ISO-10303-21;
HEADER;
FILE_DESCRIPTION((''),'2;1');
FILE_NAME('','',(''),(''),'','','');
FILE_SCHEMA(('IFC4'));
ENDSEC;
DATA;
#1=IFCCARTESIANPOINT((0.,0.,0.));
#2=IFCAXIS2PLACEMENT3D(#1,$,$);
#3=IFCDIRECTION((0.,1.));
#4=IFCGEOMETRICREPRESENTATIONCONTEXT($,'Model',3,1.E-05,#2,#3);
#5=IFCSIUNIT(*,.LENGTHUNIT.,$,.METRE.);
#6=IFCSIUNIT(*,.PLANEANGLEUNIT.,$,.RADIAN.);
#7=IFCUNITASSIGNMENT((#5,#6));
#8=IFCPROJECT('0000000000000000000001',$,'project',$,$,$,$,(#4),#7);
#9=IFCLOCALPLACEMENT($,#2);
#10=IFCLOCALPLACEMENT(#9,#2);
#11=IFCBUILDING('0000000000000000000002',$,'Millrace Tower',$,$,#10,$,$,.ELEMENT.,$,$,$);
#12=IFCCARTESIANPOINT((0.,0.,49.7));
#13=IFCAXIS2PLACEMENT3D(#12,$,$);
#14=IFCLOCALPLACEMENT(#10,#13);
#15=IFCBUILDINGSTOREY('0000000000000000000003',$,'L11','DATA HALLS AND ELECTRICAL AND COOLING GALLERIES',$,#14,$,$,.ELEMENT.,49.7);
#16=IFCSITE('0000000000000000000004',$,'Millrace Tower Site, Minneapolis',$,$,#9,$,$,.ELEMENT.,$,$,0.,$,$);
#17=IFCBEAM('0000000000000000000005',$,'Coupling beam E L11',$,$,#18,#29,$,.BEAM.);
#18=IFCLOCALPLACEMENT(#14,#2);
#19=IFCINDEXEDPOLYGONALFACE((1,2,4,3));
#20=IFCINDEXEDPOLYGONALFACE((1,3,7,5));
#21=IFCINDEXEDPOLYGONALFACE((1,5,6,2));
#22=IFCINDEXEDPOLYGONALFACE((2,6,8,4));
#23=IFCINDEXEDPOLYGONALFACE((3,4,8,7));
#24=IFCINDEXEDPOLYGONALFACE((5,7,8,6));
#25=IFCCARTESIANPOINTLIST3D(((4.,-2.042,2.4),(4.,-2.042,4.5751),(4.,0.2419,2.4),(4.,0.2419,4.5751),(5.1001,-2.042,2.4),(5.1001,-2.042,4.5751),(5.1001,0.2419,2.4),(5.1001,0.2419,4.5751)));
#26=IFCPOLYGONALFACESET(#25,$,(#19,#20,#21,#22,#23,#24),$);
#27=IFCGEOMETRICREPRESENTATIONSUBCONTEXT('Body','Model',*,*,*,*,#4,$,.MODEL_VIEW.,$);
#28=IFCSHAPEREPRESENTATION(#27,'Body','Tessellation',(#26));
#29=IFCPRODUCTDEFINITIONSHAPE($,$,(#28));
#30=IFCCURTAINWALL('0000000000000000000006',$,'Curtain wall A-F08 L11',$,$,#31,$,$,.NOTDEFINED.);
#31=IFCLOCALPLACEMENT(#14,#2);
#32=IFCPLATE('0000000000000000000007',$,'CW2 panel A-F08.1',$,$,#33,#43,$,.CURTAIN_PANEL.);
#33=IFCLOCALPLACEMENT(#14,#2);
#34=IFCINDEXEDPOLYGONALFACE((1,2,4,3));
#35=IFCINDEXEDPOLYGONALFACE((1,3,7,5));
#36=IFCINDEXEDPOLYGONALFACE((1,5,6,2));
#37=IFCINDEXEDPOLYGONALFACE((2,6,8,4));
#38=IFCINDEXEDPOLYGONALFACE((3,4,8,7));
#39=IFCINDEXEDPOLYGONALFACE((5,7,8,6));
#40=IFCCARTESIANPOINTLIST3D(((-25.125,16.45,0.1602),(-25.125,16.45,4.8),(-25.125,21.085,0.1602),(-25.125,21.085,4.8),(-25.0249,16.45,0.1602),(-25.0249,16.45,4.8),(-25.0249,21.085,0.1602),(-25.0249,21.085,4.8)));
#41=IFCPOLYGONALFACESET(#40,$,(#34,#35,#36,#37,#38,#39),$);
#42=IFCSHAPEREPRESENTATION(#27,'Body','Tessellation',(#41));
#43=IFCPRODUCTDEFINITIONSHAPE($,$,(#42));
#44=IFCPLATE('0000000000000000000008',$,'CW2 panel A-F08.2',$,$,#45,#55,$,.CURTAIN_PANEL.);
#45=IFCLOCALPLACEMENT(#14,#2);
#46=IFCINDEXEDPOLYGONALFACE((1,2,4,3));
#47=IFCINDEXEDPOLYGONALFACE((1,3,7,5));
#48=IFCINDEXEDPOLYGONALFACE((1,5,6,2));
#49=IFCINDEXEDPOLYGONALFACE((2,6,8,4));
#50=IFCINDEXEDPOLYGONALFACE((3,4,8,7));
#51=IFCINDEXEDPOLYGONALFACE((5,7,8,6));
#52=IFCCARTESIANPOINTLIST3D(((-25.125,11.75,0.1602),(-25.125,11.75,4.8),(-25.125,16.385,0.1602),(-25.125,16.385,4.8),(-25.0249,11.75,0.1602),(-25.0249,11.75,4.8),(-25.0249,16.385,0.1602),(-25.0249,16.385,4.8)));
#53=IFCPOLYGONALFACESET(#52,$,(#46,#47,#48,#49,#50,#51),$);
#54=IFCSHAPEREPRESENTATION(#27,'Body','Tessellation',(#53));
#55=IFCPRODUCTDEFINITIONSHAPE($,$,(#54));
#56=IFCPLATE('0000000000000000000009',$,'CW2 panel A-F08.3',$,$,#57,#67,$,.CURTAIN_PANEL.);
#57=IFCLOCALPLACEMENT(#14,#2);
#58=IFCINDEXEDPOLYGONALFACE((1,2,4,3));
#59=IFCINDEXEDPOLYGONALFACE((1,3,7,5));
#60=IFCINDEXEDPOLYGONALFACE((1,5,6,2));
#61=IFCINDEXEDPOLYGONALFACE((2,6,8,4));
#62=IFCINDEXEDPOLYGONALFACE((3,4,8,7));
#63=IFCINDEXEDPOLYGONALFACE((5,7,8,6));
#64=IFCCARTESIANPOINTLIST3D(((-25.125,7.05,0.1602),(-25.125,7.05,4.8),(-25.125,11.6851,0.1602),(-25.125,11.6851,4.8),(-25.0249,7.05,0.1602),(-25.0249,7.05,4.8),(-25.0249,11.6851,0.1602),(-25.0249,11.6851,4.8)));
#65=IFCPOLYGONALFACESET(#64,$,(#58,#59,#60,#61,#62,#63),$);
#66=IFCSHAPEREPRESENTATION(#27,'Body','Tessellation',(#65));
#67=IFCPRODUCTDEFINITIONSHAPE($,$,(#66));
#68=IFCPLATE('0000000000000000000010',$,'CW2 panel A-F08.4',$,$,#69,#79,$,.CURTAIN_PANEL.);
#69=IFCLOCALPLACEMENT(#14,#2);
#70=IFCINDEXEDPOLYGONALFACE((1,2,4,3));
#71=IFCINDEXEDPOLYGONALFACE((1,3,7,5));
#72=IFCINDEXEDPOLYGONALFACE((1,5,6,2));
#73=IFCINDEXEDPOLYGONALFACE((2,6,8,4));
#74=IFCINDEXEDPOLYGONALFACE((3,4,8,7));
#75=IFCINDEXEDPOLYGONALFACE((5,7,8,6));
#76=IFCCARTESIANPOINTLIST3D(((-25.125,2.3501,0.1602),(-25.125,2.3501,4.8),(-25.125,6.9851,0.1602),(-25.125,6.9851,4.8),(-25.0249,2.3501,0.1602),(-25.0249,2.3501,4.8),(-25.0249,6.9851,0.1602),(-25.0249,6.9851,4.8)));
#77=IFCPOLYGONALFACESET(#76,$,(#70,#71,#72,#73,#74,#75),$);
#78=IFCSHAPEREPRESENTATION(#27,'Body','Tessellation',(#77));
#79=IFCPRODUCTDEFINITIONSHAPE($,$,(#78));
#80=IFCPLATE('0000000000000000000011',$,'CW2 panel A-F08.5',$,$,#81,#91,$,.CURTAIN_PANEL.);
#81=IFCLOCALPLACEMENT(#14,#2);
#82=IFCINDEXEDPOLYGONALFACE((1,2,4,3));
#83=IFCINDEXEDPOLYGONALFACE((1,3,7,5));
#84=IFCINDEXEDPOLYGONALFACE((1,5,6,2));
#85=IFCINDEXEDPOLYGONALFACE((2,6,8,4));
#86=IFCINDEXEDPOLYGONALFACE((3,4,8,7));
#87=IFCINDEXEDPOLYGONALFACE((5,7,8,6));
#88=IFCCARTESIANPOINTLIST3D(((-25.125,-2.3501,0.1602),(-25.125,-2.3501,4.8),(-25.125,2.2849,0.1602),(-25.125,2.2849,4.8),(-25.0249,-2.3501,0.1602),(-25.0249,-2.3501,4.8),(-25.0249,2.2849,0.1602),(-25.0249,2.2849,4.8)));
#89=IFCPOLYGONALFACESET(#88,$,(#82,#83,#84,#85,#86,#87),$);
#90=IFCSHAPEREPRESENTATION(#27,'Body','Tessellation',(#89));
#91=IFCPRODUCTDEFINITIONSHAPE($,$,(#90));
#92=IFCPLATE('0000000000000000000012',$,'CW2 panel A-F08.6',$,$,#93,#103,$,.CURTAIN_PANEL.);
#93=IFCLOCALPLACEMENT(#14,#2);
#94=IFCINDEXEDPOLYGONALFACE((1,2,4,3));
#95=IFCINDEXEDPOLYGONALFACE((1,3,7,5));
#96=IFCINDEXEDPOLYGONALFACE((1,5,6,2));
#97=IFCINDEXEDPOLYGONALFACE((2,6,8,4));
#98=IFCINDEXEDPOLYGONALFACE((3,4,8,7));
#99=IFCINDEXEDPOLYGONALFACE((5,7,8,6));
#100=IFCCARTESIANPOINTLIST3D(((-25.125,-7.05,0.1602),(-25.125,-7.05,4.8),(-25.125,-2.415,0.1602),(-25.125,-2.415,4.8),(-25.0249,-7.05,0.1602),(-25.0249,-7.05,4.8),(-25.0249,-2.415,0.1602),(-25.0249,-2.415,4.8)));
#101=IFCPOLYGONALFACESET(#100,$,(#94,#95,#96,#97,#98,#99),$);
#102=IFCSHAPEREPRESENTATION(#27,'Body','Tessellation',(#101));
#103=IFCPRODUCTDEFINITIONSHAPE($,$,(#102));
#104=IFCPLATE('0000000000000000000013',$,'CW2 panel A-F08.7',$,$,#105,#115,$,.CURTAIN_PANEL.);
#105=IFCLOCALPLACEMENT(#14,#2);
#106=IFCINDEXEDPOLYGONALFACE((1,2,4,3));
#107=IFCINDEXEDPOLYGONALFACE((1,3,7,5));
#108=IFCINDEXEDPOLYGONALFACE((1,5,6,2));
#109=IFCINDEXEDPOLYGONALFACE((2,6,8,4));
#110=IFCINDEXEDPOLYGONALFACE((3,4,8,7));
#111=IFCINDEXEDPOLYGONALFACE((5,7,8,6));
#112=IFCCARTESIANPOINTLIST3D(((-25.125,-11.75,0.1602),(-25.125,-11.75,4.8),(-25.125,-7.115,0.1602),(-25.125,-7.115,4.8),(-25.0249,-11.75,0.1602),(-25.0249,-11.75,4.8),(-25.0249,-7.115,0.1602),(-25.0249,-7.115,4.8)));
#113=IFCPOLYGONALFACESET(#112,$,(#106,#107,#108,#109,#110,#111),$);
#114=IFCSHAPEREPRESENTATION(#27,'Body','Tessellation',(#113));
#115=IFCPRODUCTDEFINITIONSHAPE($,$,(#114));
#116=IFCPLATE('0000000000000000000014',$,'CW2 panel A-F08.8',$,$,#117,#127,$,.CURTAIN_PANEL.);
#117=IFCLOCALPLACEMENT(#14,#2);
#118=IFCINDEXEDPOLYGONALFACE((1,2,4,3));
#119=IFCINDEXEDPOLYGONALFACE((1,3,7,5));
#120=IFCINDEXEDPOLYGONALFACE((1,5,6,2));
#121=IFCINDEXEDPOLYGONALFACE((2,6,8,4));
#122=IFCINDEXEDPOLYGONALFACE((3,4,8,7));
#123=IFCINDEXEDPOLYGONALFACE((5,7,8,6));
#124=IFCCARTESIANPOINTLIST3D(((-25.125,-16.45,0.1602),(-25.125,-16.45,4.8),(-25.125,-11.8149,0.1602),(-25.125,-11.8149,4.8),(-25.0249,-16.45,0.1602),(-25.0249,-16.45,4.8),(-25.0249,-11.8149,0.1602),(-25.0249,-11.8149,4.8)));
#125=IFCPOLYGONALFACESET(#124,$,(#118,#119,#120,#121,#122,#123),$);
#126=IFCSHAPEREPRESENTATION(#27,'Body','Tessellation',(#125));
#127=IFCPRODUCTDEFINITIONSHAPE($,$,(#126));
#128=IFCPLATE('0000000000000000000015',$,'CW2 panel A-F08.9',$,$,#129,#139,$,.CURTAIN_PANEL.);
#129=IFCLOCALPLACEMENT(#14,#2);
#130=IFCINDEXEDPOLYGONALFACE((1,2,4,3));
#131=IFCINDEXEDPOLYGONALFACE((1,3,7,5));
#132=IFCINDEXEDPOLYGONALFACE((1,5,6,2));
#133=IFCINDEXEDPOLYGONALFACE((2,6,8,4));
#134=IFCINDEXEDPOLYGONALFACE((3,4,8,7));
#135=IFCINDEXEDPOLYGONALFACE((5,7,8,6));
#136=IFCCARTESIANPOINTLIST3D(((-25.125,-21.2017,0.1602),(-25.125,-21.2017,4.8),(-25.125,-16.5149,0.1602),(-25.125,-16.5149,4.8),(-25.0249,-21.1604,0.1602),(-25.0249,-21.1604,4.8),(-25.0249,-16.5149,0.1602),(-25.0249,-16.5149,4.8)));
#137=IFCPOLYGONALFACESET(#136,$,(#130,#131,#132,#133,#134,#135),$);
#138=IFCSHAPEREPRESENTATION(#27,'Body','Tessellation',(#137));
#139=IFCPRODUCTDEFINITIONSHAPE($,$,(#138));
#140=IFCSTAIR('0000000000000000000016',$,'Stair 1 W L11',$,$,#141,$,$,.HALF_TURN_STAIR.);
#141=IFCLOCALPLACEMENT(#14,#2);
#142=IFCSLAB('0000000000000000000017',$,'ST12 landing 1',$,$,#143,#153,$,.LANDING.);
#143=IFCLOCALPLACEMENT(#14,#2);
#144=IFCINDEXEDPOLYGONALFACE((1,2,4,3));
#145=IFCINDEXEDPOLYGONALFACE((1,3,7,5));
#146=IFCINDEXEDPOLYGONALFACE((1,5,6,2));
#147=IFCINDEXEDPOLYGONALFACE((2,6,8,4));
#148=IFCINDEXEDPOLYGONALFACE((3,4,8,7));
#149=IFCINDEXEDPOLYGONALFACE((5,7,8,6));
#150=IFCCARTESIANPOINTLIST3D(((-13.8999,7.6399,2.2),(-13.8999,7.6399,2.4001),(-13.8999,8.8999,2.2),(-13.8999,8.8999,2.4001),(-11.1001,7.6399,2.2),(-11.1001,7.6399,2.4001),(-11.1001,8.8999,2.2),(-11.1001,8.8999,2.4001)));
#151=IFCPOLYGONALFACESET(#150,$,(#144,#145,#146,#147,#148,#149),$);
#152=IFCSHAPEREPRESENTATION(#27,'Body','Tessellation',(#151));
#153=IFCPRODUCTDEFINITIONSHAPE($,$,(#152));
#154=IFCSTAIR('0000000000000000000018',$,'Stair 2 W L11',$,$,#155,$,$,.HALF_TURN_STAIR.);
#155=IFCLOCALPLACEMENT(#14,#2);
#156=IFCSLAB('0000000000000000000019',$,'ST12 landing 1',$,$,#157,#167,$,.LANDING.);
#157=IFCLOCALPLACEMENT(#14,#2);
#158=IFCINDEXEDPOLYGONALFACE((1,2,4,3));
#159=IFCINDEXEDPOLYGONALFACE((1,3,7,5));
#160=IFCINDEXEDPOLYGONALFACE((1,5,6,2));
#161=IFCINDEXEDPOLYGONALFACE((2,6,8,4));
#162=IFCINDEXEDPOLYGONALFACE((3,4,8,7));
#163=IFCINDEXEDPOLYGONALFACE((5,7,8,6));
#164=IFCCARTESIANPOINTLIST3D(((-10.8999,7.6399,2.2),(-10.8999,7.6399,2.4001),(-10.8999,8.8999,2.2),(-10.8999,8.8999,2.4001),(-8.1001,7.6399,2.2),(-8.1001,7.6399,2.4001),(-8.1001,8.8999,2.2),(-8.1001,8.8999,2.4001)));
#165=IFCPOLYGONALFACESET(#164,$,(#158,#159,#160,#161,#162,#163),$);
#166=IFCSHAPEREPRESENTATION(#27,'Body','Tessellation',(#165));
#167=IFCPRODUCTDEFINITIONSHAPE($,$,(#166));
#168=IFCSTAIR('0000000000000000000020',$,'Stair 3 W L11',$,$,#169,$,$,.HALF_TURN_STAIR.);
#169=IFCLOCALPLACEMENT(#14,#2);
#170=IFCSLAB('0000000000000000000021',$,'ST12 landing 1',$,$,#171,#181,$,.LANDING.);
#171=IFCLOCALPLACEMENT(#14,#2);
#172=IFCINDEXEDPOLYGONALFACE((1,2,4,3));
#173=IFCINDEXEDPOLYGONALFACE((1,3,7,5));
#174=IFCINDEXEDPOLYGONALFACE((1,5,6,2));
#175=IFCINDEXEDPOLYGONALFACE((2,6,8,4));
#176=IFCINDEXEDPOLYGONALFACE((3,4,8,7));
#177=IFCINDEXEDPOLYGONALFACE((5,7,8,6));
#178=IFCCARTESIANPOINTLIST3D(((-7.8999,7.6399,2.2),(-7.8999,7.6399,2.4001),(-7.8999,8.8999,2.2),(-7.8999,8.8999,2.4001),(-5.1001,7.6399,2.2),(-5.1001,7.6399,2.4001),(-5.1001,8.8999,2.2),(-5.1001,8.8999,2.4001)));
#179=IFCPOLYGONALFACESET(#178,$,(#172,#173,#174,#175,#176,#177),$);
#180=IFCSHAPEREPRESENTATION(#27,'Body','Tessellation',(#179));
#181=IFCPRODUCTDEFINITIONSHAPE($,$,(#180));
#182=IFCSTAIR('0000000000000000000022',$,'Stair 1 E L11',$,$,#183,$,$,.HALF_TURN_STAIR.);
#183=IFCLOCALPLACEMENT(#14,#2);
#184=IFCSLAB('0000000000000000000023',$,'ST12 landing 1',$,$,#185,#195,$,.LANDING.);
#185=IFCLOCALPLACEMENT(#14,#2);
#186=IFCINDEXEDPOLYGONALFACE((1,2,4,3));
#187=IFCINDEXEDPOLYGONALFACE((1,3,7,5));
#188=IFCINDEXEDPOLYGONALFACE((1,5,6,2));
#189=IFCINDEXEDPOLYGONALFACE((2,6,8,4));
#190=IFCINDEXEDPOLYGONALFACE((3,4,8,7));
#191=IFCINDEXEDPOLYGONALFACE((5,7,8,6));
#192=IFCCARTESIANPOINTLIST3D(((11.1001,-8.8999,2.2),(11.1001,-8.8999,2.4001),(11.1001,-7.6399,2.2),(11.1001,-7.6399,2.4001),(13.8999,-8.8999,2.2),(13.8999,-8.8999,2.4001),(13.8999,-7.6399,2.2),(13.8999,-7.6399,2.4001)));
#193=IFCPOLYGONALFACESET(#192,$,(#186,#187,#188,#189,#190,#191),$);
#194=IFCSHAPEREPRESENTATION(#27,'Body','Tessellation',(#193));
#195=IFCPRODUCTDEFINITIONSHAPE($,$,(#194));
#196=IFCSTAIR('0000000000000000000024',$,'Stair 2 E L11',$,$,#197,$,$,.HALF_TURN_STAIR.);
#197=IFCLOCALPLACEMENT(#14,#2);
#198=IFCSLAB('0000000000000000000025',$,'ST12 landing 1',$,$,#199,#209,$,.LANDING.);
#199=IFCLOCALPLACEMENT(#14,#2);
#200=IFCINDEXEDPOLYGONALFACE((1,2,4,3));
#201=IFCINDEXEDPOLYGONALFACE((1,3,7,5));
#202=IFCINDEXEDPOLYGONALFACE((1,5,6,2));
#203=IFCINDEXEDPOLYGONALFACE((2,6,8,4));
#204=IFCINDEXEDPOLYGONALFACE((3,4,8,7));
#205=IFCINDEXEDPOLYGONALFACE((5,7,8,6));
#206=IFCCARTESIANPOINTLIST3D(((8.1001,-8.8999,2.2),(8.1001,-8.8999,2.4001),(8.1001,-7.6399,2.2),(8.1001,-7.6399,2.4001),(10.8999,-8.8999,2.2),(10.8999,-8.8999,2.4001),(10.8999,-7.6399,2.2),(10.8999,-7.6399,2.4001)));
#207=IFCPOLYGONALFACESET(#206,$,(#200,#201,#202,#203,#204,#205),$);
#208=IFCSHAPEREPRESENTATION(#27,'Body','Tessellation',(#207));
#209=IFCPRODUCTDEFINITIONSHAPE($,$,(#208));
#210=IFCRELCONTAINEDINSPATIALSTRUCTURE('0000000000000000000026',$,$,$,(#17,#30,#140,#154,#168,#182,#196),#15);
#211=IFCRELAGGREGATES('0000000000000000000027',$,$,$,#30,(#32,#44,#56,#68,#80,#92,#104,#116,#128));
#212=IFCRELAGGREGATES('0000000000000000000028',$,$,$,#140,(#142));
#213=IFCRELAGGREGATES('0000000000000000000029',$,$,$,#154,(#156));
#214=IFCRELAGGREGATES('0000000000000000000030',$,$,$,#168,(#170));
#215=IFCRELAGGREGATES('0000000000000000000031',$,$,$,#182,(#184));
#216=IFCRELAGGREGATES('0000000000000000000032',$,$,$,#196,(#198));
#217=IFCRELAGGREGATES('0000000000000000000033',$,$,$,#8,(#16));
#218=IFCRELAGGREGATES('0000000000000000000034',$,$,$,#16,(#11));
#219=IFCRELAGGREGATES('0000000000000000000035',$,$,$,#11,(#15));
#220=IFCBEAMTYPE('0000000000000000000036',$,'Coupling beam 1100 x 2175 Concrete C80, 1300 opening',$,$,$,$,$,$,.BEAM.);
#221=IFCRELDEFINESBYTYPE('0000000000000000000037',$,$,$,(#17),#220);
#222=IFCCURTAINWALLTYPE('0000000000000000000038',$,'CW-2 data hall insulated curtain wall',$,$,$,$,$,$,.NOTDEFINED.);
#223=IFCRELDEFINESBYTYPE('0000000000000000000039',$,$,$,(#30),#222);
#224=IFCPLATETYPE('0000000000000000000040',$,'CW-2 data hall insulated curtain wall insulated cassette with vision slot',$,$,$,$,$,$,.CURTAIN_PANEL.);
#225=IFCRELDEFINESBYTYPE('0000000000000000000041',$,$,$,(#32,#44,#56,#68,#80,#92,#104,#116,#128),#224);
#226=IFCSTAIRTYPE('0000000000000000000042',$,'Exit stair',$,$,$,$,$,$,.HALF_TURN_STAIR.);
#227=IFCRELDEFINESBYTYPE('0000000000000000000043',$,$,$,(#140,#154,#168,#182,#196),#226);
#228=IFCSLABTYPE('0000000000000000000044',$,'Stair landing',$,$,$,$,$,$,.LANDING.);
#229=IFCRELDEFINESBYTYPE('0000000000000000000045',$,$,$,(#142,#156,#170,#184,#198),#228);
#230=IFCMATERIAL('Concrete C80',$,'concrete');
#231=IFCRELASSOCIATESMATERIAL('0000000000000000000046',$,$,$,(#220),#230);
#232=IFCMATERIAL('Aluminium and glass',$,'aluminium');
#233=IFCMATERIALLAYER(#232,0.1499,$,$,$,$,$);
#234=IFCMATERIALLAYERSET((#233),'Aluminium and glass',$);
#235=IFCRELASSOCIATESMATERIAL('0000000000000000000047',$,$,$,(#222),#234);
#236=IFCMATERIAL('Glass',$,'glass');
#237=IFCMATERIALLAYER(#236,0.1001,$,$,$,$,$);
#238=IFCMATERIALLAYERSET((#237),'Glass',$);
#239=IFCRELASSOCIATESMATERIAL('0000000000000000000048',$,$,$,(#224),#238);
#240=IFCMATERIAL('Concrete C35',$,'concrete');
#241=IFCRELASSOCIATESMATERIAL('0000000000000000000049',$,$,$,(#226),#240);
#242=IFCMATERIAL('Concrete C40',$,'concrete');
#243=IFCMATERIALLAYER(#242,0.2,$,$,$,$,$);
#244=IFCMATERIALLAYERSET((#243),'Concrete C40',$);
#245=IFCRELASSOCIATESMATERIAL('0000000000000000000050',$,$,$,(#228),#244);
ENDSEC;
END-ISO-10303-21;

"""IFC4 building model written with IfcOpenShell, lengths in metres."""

from ifc_helpers import new_model, si_unit, direction, frame, origin, origin_2d, place, context, subcontext, project, spatial, polyline, rectangle, outline, extrude, material, layer, layer_set, material_profile, profile_set, type_object, element, aggregate, save


model = new_model("IFC4")

# Units and contexts
model_context = context("Model", 3, precision=1e-05, world=origin(), true_north=direction((0.0, 1.0)))
body_context = subcontext(model_context, "Body", "Model", "MODEL_VIEW")
ifc_project = project(units=[si_unit("LENGTHUNIT", "METRE"), si_unit("PLANEANGLEUNIT", "RADIAN")], contexts=[model_context])

# Site, building, storey
site_placement = place(None, origin())
site = spatial("IfcSite", under=ifc_project, at=site_placement, Name="Millrace Tower Site, Minneapolis", CompositionType="ELEMENT", RefElevation=0.0)
building_placement = place(site_placement, origin())
building = spatial("IfcBuilding", under=site, at=building_placement, Name="Millrace Tower", CompositionType="ELEMENT")
storey_placement = place(building_placement, frame((0.0, 0.0, 49.7)))
storey = spatial("IfcBuildingStorey", under=building, at=storey_placement, Name="L11", Description="DATA HALLS AND ELECTRICAL AND COOLING GALLERIES", CompositionType="ELEMENT", Elevation=49.7)

# Beam
ifc_material_1 = material(Name="Concrete C80", Category="concrete")
ifc_material_profile = material_profile(ifc_material_1, rectangle(XDim=1.1001, YDim=2.175, at=origin_2d()))
ifc_profile_set = profile_set([ifc_material_profile], Name="Concrete C80")
beam_type = type_object("IfcBeamType", Name="Coupling beam 1100 x 2175 Concrete C80, 1300 opening", PredefinedType="BEAM", material=ifc_profile_set)
beam_placement = place(storey_placement, frame((4.55, 0.2419, 3.4875), z_axis=(0.0, -1.0, 0.0), x_axis=(1.0, 0.0, 0.0)))
element("IfcBeam", 1, at=beam_placement, inside=storey, type_object=beam_type, Name="Coupling beam E L11", PredefinedType="BEAM", context=body_context, shape_type="SweptSolid", body=[
    extrude(rectangle(XDim=1.1001, YDim=2.175, at=origin_2d()), origin(), (0.0, 0.0, 1.0), 2.2839),
])

# Curtain wall, plates
ifc_material_2 = material(Name="Aluminium and glass", Category="aluminium")
ifc_layer_1 = layer(ifc_material_2, 0.1499)
ifc_layer_set_1 = layer_set([ifc_layer_1], Name="Aluminium and glass")
curtain_wall_type = type_object("IfcCurtainWallType", Name="CW-2 data hall insulated curtain wall", PredefinedType="NOTDEFINED", material=ifc_layer_set_1)
placement_1 = place(storey_placement, origin())
curtain_wall = element("IfcCurtainWall", 2, at=placement_1, inside=storey, type_object=curtain_wall_type, Name="Curtain wall A-F08 L11", PredefinedType="NOTDEFINED")
ifc_material_3 = material(Name="Glass", Category="glass")
ifc_layer_2 = layer(ifc_material_3, 0.1001)
ifc_layer_set_2 = layer_set([ifc_layer_2], Name="Glass")
plate_type = type_object("IfcPlateType", Name="CW-2 data hall insulated curtain wall insulated cassette with vision slot", PredefinedType="CURTAIN_PANEL", material=ifc_layer_set_2)
placement_2 = place(storey_placement, frame((0.0, 0.0, 0.1602)))
plate_1 = element("IfcPlate", 3, at=placement_2, type_object=plate_type, Name="CW2 panel A-F08.1", PredefinedType="CURTAIN_PANEL", context=body_context, shape_type="SweptSolid", body=[
    extrude(outline(polyline([(-25.125, 21.085), (-25.125, 16.45), (-25.0249, 16.45), (-25.0249, 21.085), (-25.125, 21.085)])), origin(), (0.0, 0.0, 1.0), 4.6399),
])
plate_2 = element("IfcPlate", 4, at=placement_2, type_object=plate_type, Name="CW2 panel A-F08.2", PredefinedType="CURTAIN_PANEL", context=body_context, shape_type="SweptSolid", body=[
    extrude(outline(polyline([(-25.125, 16.385), (-25.125, 11.75), (-25.0249, 11.75), (-25.0249, 16.385), (-25.125, 16.385)])), origin(), (0.0, 0.0, 1.0), 4.6399),
])
plate_3 = element("IfcPlate", 5, at=placement_2, type_object=plate_type, Name="CW2 panel A-F08.3", PredefinedType="CURTAIN_PANEL", context=body_context, shape_type="SweptSolid", body=[
    extrude(outline(polyline([(-25.125, 11.6851), (-25.125, 7.05), (-25.0249, 7.05), (-25.0249, 11.6851), (-25.125, 11.6851)])), origin(), (0.0, 0.0, 1.0), 4.6399),
])
plate_4 = element("IfcPlate", 6, at=placement_2, type_object=plate_type, Name="CW2 panel A-F08.4", PredefinedType="CURTAIN_PANEL", context=body_context, shape_type="SweptSolid", body=[
    extrude(outline(polyline([(-25.125, 6.9851), (-25.125, 2.3501), (-25.0249, 2.3501), (-25.0249, 6.9851), (-25.125, 6.9851)])), origin(), (0.0, 0.0, 1.0), 4.6399),
])
plate_5 = element("IfcPlate", 7, at=placement_2, type_object=plate_type, Name="CW2 panel A-F08.5", PredefinedType="CURTAIN_PANEL", context=body_context, shape_type="SweptSolid", body=[
    extrude(outline(polyline([(-25.125, 2.2849), (-25.125, -2.3501), (-25.0249, -2.3501), (-25.0249, 2.2849), (-25.125, 2.2849)])), origin(), (0.0, 0.0, 1.0), 4.6399),
])
plate_6 = element("IfcPlate", 8, at=placement_2, type_object=plate_type, Name="CW2 panel A-F08.6", PredefinedType="CURTAIN_PANEL", context=body_context, shape_type="SweptSolid", body=[
    extrude(outline(polyline([(-25.125, -2.415), (-25.125, -7.05), (-25.0249, -7.05), (-25.0249, -2.415), (-25.125, -2.415)])), origin(), (0.0, 0.0, 1.0), 4.6399),
])
plate_7 = element("IfcPlate", 9, at=placement_2, type_object=plate_type, Name="CW2 panel A-F08.7", PredefinedType="CURTAIN_PANEL", context=body_context, shape_type="SweptSolid", body=[
    extrude(outline(polyline([(-25.125, -7.115), (-25.125, -11.75), (-25.0249, -11.75), (-25.0249, -7.115), (-25.125, -7.115)])), origin(), (0.0, 0.0, 1.0), 4.6399),
])
plate_8 = element("IfcPlate", 10, at=placement_2, type_object=plate_type, Name="CW2 panel A-F08.8", PredefinedType="CURTAIN_PANEL", context=body_context, shape_type="SweptSolid", body=[
    extrude(outline(polyline([(-25.125, -11.8149), (-25.125, -16.45), (-25.0249, -16.45), (-25.0249, -11.8149), (-25.125, -11.8149)])), origin(), (0.0, 0.0, 1.0), 4.6399),
])
plate_9 = element("IfcPlate", 11, at=placement_2, type_object=plate_type, Name="CW2 panel A-F08.9", PredefinedType="CURTAIN_PANEL", context=body_context, shape_type="SweptSolid", body=[
    extrude(outline(polyline([(-25.125, -16.5149), (-25.125, -21.2017), (-25.0249, -21.1604), (-25.0249, -16.5149), (-25.125, -16.5149)])), origin(), (0.0, 0.0, 1.0), 4.6399),
])
aggregate(curtain_wall, [plate_1, plate_2, plate_3, plate_4, plate_5, plate_6, plate_7, plate_8, plate_9])

# Stairs, slabs
ifc_material_4 = material(Name="Concrete C35", Category="concrete")
stair_type = type_object("IfcStairType", Name="Exit stair", PredefinedType="HALF_TURN_STAIR", material=ifc_material_4)
stair_1 = element("IfcStair", 12, at=placement_1, inside=storey, type_object=stair_type, Name="Stair 1 W L11", PredefinedType="HALF_TURN_STAIR")
ifc_material_5 = material(Name="Concrete C40", Category="concrete")
ifc_layer_3 = layer(ifc_material_5, 0.2)
ifc_layer_set_3 = layer_set([ifc_layer_3], Name="Concrete C40")
slab_type = type_object("IfcSlabType", Name="Stair landing", PredefinedType="LANDING", material=ifc_layer_set_3)
placement_3 = place(storey_placement, frame((0.0, 0.0, 2.2)))
slab_1 = element("IfcSlab", 13, at=placement_3, type_object=slab_type, Name="ST12 landing 1", PredefinedType="LANDING", context=body_context, shape_type="SweptSolid", body=[
    extrude(outline(polyline([(-13.8999, 7.6399), (-11.1001, 7.6399), (-11.1001, 8.8999), (-13.8999, 8.8999), (-13.8999, 7.6399)])), origin(), (0.0, 0.0, 1.0), 0.2002),
])
aggregate(stair_1, [slab_1])
stair_2 = element("IfcStair", 14, at=placement_1, inside=storey, type_object=stair_type, Name="Stair 2 W L11", PredefinedType="HALF_TURN_STAIR")
slab_2 = element("IfcSlab", 15, at=placement_3, type_object=slab_type, Name="ST12 landing 1", PredefinedType="LANDING", context=body_context, shape_type="SweptSolid", body=[
    extrude(outline(polyline([(-10.8999, 7.6399), (-8.1001, 7.6399), (-8.1001, 8.8999), (-10.8999, 8.8999), (-10.8999, 7.6399)])), origin(), (0.0, 0.0, 1.0), 0.2002),
])
aggregate(stair_2, [slab_2])
stair_3 = element("IfcStair", 16, at=placement_1, inside=storey, type_object=stair_type, Name="Stair 3 W L11", PredefinedType="HALF_TURN_STAIR")
slab_3 = element("IfcSlab", 17, at=placement_3, type_object=slab_type, Name="ST12 landing 1", PredefinedType="LANDING", context=body_context, shape_type="SweptSolid", body=[
    extrude(outline(polyline([(-7.8999, 7.6399), (-5.1001, 7.6399), (-5.1001, 8.8999), (-7.8999, 8.8999), (-7.8999, 7.6399)])), origin(), (0.0, 0.0, 1.0), 0.2002),
])
aggregate(stair_3, [slab_3])
stair_4 = element("IfcStair", 18, at=placement_1, inside=storey, type_object=stair_type, Name="Stair 1 E L11", PredefinedType="HALF_TURN_STAIR")
slab_4 = element("IfcSlab", 19, at=placement_3, type_object=slab_type, Name="ST12 landing 1", PredefinedType="LANDING", context=body_context, shape_type="SweptSolid", body=[
    extrude(outline(polyline([(11.1001, -8.8999), (13.8999, -8.8999), (13.8999, -7.6399), (11.1001, -7.6399), (11.1001, -8.8999)])), origin(), (0.0, 0.0, 1.0), 0.2002),
])
aggregate(stair_4, [slab_4])
stair_5 = element("IfcStair", 20, at=placement_1, inside=storey, type_object=stair_type, Name="Stair 2 E L11", PredefinedType="HALF_TURN_STAIR")
slab_5 = element("IfcSlab", 21, at=placement_3, type_object=slab_type, Name="ST12 landing 1", PredefinedType="LANDING", context=body_context, shape_type="SweptSolid", body=[
    extrude(outline(polyline([(8.1001, -8.8999), (10.8999, -8.8999), (10.8999, -7.6399), (8.1001, -7.6399), (8.1001, -8.8999)])), origin(), (0.0, 0.0, 1.0), 0.2002),
])
aggregate(stair_5, [slab_5])

save(model, "model.ifc")
